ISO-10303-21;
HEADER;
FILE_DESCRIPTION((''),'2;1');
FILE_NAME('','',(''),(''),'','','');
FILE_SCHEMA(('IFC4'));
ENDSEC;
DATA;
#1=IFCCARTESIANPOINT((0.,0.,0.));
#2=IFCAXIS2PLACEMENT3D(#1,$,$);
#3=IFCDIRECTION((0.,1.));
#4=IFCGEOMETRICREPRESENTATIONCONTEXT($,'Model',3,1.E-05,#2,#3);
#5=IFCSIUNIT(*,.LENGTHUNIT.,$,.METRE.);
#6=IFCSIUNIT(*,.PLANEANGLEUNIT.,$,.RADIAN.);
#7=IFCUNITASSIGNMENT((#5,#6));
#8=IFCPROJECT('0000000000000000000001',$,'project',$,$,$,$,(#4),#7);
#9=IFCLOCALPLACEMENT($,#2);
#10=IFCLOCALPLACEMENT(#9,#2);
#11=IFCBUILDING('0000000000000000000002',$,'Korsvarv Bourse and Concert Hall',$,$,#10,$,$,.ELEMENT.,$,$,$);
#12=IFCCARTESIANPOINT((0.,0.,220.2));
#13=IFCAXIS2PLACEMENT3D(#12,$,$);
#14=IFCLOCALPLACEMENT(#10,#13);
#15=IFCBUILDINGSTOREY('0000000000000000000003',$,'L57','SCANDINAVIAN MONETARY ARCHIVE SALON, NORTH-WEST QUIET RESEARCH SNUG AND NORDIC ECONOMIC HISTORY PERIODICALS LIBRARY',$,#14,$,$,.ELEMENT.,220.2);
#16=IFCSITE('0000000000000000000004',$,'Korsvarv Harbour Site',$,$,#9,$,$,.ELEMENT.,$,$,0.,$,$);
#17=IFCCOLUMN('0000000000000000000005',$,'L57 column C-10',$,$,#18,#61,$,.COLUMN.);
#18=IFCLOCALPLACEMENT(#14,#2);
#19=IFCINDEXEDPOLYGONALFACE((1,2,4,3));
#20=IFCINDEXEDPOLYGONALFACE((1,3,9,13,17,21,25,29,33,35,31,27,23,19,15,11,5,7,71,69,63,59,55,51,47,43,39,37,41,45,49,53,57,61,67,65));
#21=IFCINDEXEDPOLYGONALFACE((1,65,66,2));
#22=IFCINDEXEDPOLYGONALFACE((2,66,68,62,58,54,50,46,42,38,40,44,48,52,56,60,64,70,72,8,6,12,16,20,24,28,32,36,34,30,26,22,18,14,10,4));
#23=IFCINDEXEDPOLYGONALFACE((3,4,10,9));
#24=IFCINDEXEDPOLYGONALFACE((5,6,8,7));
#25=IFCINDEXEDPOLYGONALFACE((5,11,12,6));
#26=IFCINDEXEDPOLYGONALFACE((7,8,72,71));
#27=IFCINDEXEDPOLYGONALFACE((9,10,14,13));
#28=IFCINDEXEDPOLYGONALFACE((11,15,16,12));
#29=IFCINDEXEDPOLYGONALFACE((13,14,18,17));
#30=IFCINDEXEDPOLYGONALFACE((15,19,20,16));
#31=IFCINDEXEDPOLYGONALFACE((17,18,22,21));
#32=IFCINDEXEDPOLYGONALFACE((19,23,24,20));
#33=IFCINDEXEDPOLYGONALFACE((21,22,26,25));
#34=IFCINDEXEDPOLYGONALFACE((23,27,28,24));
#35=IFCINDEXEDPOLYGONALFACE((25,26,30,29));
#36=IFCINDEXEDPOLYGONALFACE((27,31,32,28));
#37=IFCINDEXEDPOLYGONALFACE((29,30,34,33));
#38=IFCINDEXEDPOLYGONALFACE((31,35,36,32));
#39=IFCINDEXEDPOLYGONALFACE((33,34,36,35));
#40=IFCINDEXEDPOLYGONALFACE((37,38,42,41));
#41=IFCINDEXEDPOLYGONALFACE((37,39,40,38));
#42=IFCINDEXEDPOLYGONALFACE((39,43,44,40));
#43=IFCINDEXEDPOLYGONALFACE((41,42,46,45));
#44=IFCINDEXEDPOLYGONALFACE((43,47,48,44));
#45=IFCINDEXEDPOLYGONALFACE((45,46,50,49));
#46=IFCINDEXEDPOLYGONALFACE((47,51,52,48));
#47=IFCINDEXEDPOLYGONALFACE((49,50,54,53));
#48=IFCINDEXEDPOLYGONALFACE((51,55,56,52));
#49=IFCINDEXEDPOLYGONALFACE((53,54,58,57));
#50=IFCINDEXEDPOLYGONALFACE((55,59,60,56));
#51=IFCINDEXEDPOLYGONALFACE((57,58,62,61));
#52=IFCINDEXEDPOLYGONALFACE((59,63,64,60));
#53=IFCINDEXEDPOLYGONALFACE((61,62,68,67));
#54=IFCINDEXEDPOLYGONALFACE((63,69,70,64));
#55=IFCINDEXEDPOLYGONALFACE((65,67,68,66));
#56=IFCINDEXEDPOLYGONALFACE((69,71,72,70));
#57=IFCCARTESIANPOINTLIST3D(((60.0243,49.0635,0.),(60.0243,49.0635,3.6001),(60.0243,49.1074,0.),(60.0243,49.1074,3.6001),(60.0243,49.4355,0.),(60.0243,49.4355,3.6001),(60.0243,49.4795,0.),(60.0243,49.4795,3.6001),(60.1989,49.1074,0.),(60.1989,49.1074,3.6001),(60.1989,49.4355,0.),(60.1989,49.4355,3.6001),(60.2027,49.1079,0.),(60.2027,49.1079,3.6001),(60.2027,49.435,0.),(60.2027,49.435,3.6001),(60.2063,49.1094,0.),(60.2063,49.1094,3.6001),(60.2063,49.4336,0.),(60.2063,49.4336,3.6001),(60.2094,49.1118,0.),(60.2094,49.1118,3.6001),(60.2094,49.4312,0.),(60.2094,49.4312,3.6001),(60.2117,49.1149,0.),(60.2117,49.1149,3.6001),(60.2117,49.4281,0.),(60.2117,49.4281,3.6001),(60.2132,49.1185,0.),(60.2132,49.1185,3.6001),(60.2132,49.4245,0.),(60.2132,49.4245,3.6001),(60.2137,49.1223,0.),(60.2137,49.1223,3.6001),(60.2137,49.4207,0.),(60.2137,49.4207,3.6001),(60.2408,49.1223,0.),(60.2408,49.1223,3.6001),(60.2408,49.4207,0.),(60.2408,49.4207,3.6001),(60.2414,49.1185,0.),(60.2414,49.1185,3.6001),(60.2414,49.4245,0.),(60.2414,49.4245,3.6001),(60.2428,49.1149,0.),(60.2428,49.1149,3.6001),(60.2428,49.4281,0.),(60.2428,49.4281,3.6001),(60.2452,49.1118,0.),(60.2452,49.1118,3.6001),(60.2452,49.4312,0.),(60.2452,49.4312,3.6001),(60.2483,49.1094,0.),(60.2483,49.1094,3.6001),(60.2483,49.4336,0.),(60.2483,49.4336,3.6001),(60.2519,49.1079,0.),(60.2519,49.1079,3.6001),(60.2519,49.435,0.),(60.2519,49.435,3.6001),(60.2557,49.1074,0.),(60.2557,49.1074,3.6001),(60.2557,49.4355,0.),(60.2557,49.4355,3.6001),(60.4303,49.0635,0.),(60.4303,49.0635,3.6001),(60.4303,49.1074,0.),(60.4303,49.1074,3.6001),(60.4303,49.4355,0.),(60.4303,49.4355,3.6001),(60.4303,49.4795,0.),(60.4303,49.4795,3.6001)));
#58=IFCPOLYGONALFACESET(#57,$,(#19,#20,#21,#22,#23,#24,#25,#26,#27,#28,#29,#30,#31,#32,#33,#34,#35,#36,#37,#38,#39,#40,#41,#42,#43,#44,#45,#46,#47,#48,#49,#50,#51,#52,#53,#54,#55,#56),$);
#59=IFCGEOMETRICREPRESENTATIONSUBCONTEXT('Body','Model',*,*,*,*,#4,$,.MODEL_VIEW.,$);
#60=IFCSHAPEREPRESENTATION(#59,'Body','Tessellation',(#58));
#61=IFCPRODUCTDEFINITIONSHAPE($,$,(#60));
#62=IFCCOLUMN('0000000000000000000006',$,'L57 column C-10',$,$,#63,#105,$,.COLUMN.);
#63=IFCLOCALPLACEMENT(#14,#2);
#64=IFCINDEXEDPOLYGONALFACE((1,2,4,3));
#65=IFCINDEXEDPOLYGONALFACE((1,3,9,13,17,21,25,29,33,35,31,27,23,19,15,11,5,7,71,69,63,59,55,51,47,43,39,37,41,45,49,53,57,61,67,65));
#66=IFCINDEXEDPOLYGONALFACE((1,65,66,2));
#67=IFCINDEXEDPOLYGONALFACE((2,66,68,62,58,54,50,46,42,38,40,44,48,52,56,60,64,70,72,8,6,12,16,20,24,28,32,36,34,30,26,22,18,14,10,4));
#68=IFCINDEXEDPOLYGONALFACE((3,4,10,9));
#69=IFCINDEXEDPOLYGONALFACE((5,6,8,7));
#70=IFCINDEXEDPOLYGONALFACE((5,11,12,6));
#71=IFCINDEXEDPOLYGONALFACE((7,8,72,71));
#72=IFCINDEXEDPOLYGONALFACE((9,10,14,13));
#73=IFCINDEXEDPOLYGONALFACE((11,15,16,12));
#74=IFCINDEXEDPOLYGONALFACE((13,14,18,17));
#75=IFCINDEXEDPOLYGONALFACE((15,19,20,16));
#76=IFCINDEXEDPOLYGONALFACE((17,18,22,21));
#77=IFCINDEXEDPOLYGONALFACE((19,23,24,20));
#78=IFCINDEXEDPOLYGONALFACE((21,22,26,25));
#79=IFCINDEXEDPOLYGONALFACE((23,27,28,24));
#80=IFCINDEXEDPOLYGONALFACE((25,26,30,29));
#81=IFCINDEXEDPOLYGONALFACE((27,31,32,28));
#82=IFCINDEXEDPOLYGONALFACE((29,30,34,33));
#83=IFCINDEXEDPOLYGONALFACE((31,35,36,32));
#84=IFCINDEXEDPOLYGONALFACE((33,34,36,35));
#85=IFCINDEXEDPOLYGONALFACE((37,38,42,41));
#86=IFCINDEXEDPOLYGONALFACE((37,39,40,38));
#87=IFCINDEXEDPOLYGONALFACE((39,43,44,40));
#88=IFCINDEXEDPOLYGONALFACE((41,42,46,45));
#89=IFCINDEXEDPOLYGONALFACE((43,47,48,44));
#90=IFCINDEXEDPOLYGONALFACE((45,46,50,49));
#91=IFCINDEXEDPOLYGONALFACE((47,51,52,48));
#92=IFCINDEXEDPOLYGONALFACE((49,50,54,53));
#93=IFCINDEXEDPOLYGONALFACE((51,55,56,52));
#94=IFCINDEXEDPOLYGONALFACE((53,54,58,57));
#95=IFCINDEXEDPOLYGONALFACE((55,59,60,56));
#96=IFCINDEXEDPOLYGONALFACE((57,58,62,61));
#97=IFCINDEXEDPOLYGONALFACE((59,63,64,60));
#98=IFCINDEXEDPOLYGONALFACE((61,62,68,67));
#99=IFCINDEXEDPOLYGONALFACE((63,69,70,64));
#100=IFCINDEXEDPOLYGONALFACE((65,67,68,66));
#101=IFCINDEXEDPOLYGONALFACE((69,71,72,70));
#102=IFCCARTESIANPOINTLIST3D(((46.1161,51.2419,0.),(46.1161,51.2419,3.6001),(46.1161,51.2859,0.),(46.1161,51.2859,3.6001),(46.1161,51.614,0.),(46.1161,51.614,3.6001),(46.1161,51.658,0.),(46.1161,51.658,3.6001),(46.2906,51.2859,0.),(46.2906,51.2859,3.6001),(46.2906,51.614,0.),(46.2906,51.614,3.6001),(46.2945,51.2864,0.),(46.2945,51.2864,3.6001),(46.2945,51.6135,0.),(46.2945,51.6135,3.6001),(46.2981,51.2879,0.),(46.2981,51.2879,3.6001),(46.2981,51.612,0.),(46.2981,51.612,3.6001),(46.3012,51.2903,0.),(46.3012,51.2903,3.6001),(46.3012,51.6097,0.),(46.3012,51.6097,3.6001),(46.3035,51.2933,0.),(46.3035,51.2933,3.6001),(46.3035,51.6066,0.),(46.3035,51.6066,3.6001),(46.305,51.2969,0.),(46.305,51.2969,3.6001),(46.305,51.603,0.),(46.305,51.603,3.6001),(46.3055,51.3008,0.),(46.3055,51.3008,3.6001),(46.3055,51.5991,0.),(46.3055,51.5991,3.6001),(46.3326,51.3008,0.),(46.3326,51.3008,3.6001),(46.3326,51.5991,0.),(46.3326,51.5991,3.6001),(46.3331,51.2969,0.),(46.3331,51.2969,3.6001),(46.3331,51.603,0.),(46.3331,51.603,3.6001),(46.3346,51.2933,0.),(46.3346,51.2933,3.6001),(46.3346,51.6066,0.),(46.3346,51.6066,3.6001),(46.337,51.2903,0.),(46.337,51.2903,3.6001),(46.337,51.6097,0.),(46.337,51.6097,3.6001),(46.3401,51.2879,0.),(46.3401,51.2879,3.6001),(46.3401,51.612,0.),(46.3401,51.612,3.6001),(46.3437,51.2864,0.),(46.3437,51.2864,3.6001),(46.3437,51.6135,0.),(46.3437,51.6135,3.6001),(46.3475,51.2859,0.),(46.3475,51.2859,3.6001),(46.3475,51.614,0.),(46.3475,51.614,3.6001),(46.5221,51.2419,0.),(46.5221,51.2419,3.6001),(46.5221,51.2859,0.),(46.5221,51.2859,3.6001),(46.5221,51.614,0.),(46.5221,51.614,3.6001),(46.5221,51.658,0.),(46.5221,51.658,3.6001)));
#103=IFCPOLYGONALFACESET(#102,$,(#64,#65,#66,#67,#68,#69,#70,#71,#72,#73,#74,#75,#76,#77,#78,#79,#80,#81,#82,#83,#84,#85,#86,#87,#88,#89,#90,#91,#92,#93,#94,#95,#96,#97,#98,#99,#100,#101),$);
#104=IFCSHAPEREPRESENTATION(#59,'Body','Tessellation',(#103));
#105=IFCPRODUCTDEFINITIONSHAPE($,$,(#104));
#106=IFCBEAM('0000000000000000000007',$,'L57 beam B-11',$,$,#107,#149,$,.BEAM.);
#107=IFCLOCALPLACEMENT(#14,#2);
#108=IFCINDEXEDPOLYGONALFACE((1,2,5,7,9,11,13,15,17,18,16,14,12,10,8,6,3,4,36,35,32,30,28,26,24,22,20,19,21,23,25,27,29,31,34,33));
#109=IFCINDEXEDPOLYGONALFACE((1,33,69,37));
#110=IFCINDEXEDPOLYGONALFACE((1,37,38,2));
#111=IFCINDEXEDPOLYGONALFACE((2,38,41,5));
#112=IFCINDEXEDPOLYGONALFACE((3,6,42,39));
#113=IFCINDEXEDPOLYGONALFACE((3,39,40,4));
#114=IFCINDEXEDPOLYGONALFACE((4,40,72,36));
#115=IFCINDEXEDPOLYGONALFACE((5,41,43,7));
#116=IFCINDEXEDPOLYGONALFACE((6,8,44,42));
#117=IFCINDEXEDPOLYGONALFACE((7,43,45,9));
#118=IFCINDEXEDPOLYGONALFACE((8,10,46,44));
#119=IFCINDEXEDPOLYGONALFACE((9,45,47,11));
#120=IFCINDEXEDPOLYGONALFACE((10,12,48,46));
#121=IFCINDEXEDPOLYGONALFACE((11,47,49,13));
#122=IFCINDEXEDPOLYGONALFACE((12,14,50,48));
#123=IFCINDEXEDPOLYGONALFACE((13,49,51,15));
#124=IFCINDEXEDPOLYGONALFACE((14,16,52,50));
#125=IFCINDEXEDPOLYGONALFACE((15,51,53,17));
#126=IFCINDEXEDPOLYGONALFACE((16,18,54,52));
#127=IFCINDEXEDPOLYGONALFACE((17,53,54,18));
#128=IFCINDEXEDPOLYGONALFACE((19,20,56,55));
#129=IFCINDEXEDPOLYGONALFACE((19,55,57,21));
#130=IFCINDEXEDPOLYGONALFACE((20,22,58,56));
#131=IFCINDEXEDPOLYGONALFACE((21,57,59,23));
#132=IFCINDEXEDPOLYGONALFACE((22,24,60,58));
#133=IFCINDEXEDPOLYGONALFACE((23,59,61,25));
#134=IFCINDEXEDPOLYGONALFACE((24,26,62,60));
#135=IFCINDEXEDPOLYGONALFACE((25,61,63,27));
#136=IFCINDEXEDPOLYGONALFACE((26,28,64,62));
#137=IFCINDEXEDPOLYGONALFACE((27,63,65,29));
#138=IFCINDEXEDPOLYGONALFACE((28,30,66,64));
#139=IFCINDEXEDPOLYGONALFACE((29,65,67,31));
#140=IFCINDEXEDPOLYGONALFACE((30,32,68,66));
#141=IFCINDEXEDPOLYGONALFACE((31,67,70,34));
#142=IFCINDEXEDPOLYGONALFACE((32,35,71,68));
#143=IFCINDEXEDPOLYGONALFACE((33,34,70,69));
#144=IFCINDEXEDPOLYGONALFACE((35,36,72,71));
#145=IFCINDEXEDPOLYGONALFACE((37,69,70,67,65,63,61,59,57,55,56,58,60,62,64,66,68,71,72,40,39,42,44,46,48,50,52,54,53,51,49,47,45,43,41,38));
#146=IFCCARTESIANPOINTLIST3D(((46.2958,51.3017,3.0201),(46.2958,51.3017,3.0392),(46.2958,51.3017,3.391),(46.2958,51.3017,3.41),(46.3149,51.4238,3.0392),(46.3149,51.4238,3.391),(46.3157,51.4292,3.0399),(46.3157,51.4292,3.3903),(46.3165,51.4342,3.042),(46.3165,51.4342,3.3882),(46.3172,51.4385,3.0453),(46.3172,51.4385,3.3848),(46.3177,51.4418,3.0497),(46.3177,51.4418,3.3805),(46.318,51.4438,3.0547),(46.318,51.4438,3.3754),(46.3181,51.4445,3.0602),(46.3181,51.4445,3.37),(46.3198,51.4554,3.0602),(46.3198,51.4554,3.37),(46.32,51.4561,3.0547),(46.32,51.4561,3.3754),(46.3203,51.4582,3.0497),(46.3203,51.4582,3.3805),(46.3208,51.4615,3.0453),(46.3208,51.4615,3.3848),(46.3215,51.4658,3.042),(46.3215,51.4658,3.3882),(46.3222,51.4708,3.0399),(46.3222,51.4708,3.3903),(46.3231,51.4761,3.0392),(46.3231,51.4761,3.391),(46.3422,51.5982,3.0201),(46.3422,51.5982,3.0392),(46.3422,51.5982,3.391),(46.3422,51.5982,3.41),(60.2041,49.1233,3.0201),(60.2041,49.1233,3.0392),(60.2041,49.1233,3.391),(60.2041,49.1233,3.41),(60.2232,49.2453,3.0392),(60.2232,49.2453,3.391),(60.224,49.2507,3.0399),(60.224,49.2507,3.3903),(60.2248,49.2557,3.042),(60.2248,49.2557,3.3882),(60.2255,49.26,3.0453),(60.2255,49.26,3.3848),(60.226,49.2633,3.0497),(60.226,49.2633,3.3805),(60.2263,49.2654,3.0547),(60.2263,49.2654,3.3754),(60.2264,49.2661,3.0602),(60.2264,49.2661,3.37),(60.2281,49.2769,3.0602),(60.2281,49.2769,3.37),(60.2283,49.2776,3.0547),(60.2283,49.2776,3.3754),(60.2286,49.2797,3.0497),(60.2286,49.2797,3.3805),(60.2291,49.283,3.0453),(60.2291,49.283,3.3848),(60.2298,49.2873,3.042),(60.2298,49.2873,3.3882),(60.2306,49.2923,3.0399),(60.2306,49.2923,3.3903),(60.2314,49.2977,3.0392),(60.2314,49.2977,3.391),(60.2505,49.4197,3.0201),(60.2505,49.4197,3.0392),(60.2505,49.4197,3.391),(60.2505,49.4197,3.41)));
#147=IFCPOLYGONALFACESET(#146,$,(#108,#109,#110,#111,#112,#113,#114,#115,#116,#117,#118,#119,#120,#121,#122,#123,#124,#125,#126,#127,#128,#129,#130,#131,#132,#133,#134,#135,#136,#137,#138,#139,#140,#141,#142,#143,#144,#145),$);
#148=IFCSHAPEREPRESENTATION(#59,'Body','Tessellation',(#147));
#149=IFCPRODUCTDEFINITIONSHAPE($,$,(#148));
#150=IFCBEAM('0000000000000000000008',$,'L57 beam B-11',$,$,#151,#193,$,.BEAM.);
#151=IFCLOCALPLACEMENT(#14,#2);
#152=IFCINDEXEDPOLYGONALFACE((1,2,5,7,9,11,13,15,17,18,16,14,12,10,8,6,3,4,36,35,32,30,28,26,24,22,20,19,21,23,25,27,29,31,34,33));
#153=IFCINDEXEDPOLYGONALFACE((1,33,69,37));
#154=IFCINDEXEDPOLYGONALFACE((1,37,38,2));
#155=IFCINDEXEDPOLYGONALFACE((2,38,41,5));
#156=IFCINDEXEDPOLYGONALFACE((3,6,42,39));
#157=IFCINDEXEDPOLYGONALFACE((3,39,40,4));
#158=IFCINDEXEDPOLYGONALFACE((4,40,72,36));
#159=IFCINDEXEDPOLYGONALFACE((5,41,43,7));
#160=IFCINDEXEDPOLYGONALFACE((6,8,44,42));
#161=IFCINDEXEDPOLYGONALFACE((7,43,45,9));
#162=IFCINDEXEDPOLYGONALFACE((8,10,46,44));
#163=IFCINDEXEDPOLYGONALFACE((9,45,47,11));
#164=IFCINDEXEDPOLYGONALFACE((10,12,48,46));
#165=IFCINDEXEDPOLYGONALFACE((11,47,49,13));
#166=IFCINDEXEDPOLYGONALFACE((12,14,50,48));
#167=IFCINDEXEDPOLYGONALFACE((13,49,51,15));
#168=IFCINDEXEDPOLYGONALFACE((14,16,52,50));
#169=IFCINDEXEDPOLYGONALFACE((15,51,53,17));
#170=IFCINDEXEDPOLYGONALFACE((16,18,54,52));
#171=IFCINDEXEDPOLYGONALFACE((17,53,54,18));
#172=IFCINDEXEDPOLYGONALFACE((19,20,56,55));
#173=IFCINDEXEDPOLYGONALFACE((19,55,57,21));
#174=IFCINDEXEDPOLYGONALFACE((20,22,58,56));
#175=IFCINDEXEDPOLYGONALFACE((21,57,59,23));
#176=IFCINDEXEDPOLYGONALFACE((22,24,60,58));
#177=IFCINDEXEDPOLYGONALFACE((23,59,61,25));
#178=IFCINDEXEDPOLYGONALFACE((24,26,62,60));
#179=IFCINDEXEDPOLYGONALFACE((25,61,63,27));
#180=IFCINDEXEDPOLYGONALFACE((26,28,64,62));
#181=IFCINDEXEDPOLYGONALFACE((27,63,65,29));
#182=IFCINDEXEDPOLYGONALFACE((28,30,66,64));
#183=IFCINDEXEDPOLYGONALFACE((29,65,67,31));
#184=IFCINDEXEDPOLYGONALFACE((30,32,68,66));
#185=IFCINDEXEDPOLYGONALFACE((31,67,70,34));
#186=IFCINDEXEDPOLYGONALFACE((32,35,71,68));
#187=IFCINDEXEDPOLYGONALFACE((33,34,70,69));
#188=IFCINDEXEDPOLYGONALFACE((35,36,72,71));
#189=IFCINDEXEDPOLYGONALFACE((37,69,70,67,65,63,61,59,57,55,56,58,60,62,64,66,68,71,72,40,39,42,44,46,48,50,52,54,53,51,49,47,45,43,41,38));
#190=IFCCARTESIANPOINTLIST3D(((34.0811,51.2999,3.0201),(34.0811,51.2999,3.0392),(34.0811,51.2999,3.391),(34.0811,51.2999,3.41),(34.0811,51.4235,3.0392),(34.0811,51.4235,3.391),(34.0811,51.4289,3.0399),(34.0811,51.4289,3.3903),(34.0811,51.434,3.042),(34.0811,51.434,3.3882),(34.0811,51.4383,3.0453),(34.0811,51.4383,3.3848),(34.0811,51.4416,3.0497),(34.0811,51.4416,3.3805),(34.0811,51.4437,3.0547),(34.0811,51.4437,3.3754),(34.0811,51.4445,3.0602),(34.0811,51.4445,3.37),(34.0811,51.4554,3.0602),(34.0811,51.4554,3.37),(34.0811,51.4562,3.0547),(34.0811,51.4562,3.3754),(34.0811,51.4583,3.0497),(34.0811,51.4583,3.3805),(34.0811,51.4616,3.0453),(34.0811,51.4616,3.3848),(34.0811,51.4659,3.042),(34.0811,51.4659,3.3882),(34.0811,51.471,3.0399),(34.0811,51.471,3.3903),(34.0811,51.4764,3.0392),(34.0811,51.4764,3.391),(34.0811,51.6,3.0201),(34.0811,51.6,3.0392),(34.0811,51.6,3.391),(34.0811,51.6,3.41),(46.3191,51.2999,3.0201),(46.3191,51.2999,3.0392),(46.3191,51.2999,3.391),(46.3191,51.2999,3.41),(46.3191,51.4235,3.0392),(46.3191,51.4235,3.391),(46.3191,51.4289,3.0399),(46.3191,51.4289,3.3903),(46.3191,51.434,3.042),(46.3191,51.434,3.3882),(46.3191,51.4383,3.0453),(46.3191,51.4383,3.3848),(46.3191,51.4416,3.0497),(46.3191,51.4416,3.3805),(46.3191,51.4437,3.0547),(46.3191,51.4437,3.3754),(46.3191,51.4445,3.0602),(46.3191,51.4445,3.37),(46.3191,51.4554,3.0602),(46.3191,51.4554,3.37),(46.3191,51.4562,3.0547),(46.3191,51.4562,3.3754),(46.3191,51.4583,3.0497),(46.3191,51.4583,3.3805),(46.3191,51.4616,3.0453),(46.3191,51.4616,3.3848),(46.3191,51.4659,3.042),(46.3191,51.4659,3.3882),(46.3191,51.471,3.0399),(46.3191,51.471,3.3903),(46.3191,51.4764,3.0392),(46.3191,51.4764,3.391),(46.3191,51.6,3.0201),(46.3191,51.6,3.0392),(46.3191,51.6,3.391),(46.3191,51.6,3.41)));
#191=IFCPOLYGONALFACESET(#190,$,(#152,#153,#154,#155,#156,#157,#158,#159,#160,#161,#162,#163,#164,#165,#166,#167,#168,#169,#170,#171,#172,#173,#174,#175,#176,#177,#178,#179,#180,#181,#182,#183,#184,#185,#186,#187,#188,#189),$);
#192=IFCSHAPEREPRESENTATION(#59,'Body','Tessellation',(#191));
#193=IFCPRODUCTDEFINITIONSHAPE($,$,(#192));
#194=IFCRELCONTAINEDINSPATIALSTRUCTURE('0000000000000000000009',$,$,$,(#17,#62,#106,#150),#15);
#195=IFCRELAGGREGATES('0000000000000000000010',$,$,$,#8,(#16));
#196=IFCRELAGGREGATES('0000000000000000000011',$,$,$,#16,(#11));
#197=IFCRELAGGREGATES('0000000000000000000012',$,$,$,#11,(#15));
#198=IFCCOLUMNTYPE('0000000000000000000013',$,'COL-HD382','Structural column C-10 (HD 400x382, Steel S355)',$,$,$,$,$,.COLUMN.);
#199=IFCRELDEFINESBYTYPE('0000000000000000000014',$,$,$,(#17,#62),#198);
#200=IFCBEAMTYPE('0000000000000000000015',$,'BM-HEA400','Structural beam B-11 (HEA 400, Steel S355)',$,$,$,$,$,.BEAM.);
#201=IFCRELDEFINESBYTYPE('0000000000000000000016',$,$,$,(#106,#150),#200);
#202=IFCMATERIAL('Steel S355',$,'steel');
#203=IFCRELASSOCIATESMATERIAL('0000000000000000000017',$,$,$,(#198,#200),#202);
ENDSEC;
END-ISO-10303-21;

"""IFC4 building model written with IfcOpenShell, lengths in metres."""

from ifc_helpers import new_model, si_unit, direction, frame, origin, origin_2d, place, context, subcontext, project, spatial, i_section, extrude, source, transform, mapped, material, material_profile, profile_set, type_object, element, save


model = new_model("IFC4")

# Units and contexts
model_context = context("Model", 3, precision=1e-05, world=origin(), true_north=direction((0.0, 1.0)))
body_context = subcontext(model_context, "Body", "Model", "MODEL_VIEW")
ifc_project = project(units=[si_unit("LENGTHUNIT", "METRE"), si_unit("PLANEANGLEUNIT", "RADIAN")], contexts=[model_context])

# Site, building, storey
site_placement = place(None, origin())
site = spatial("IfcSite", under=ifc_project, at=site_placement, Name="Korsvarv Harbour Site", CompositionType="ELEMENT", RefElevation=0.0)
building_placement = place(site_placement, origin())
building = spatial("IfcBuilding", under=site, at=building_placement, Name="Korsvarv Bourse and Concert Hall", CompositionType="ELEMENT")
storey_placement = place(building_placement, frame((0.0, 0.0, 220.2)))
storey = spatial("IfcBuildingStorey", under=building, at=storey_placement, Name="L57", Description="SCANDINAVIAN MONETARY ARCHIVE SALON, NORTH-WEST QUIET RESEARCH SNUG AND NORDIC ECONOMIC HISTORY PERIODICALS LIBRARY", CompositionType="ELEMENT", Elevation=220.2)

# Columns
ifc_material_1 = material(Name="Steel S355", Category="steel")
ifc_material_profile_1 = material_profile(ifc_material_1, i_section(OverallWidth=0.406, OverallDepth=0.416, WebThickness=0.0271, FlangeThickness=0.0439, FilletRadius=0.0149, at=origin_2d()), Name="HD 400x382")
ifc_profile_set_1 = profile_set([ifc_material_profile_1], Name="Steel S355")
column_type = type_object("IfcColumnType", Name="COL-HD382", Description="Structural column C-10 (HD 400x382, Steel S355)", PredefinedType="COLUMN", material=ifc_profile_set_1)
shared_shape_1 = source(origin(), body_context, "Body", "SweptSolid", [
    extrude(i_section(OverallWidth=0.406, OverallDepth=0.416, WebThickness=0.0271, FlangeThickness=0.0439, FilletRadius=0.0149, at=origin_2d()), origin(), (0.0, 0.0, 1.0), 3.6001),
])
for number, where, z_axis, x_axis, name in (
    (1, (60.2273, 49.2715, 0.0), (0.0, 0.0, 1.0), (1.0, 0.0, 0.0), "L57 column C-10"),
    (2, (46.3191, 51.45, 0.0), (0.0, 0.0, 1.0), (1.0, 0.0, 0.0), "L57 column C-10"),
):
    element("IfcColumn", number, at=place(storey_placement, frame(where, z_axis=z_axis, x_axis=x_axis)), inside=storey, type_object=column_type, Name=name, PredefinedType="COLUMN", context=body_context, shape_type="MappedRepresentation", body=[
        mapped(shared_shape_1, transform((0.0, 0.0, 0.0), scale=1.0)),
    ])

# Beams
ifc_material_profile_2 = material_profile(ifc_material_1, i_section(OverallWidth=0.3, OverallDepth=0.3899, WebThickness=0.011, FlangeThickness=0.019, FilletRadius=0.021, at=origin_2d()), Name="HEA 400")
ifc_profile_set_2 = profile_set([ifc_material_profile_2], Name="Steel S355")
beam_type_1 = type_object("IfcBeamType", Name="BM-HEA400", Description="Structural beam B-11 (HEA 400, Steel S355)", PredefinedType="BEAM", material=ifc_profile_set_2)
shared_shape_2 = source(origin(), body_context, "Body", "SweptSolid", [
    extrude(i_section(OverallWidth=0.3, OverallDepth=0.3899, WebThickness=0.011, FlangeThickness=0.019, FilletRadius=0.021, at=origin_2d()), origin(), (0.0, 0.0, 1.0), 14.0779),
])
beam_1_placement = place(storey_placement, frame((60.2273, 49.2715, 3.2151), z_axis=(-0.987954, 0.154745, 0.0), x_axis=(-0.154745, -0.987954, 0.0)))
element("IfcBeam", 3, at=beam_1_placement, inside=storey, type_object=beam_type_1, Name="L57 beam B-11", PredefinedType="BEAM", context=body_context, shape_type="MappedRepresentation", body=[
    mapped(shared_shape_2, transform((0.0, 0.0, 0.0), scale=1.0)),
])
shared_shape_3 = source(origin(), body_context, "Body", "SweptSolid", [
    extrude(i_section(OverallWidth=0.3, OverallDepth=0.3899, WebThickness=0.011, FlangeThickness=0.019, FilletRadius=0.021, at=origin_2d()), origin(), (0.0, 0.0, 1.0), 12.238),
])
beam_2_placement = place(storey_placement, frame((46.3191, 51.45, 3.2151), z_axis=(-1.0, 0.0, 0.0), x_axis=(0.0, -1.0, 0.0)))
element("IfcBeam", 4, at=beam_2_placement, inside=storey, type_object=beam_type_1, Name="L57 beam B-11", PredefinedType="BEAM", context=body_context, shape_type="MappedRepresentation", body=[
    mapped(shared_shape_3, transform((0.0, 0.0, 0.0), scale=1.0)),
])

save(model, "model.ifc")
